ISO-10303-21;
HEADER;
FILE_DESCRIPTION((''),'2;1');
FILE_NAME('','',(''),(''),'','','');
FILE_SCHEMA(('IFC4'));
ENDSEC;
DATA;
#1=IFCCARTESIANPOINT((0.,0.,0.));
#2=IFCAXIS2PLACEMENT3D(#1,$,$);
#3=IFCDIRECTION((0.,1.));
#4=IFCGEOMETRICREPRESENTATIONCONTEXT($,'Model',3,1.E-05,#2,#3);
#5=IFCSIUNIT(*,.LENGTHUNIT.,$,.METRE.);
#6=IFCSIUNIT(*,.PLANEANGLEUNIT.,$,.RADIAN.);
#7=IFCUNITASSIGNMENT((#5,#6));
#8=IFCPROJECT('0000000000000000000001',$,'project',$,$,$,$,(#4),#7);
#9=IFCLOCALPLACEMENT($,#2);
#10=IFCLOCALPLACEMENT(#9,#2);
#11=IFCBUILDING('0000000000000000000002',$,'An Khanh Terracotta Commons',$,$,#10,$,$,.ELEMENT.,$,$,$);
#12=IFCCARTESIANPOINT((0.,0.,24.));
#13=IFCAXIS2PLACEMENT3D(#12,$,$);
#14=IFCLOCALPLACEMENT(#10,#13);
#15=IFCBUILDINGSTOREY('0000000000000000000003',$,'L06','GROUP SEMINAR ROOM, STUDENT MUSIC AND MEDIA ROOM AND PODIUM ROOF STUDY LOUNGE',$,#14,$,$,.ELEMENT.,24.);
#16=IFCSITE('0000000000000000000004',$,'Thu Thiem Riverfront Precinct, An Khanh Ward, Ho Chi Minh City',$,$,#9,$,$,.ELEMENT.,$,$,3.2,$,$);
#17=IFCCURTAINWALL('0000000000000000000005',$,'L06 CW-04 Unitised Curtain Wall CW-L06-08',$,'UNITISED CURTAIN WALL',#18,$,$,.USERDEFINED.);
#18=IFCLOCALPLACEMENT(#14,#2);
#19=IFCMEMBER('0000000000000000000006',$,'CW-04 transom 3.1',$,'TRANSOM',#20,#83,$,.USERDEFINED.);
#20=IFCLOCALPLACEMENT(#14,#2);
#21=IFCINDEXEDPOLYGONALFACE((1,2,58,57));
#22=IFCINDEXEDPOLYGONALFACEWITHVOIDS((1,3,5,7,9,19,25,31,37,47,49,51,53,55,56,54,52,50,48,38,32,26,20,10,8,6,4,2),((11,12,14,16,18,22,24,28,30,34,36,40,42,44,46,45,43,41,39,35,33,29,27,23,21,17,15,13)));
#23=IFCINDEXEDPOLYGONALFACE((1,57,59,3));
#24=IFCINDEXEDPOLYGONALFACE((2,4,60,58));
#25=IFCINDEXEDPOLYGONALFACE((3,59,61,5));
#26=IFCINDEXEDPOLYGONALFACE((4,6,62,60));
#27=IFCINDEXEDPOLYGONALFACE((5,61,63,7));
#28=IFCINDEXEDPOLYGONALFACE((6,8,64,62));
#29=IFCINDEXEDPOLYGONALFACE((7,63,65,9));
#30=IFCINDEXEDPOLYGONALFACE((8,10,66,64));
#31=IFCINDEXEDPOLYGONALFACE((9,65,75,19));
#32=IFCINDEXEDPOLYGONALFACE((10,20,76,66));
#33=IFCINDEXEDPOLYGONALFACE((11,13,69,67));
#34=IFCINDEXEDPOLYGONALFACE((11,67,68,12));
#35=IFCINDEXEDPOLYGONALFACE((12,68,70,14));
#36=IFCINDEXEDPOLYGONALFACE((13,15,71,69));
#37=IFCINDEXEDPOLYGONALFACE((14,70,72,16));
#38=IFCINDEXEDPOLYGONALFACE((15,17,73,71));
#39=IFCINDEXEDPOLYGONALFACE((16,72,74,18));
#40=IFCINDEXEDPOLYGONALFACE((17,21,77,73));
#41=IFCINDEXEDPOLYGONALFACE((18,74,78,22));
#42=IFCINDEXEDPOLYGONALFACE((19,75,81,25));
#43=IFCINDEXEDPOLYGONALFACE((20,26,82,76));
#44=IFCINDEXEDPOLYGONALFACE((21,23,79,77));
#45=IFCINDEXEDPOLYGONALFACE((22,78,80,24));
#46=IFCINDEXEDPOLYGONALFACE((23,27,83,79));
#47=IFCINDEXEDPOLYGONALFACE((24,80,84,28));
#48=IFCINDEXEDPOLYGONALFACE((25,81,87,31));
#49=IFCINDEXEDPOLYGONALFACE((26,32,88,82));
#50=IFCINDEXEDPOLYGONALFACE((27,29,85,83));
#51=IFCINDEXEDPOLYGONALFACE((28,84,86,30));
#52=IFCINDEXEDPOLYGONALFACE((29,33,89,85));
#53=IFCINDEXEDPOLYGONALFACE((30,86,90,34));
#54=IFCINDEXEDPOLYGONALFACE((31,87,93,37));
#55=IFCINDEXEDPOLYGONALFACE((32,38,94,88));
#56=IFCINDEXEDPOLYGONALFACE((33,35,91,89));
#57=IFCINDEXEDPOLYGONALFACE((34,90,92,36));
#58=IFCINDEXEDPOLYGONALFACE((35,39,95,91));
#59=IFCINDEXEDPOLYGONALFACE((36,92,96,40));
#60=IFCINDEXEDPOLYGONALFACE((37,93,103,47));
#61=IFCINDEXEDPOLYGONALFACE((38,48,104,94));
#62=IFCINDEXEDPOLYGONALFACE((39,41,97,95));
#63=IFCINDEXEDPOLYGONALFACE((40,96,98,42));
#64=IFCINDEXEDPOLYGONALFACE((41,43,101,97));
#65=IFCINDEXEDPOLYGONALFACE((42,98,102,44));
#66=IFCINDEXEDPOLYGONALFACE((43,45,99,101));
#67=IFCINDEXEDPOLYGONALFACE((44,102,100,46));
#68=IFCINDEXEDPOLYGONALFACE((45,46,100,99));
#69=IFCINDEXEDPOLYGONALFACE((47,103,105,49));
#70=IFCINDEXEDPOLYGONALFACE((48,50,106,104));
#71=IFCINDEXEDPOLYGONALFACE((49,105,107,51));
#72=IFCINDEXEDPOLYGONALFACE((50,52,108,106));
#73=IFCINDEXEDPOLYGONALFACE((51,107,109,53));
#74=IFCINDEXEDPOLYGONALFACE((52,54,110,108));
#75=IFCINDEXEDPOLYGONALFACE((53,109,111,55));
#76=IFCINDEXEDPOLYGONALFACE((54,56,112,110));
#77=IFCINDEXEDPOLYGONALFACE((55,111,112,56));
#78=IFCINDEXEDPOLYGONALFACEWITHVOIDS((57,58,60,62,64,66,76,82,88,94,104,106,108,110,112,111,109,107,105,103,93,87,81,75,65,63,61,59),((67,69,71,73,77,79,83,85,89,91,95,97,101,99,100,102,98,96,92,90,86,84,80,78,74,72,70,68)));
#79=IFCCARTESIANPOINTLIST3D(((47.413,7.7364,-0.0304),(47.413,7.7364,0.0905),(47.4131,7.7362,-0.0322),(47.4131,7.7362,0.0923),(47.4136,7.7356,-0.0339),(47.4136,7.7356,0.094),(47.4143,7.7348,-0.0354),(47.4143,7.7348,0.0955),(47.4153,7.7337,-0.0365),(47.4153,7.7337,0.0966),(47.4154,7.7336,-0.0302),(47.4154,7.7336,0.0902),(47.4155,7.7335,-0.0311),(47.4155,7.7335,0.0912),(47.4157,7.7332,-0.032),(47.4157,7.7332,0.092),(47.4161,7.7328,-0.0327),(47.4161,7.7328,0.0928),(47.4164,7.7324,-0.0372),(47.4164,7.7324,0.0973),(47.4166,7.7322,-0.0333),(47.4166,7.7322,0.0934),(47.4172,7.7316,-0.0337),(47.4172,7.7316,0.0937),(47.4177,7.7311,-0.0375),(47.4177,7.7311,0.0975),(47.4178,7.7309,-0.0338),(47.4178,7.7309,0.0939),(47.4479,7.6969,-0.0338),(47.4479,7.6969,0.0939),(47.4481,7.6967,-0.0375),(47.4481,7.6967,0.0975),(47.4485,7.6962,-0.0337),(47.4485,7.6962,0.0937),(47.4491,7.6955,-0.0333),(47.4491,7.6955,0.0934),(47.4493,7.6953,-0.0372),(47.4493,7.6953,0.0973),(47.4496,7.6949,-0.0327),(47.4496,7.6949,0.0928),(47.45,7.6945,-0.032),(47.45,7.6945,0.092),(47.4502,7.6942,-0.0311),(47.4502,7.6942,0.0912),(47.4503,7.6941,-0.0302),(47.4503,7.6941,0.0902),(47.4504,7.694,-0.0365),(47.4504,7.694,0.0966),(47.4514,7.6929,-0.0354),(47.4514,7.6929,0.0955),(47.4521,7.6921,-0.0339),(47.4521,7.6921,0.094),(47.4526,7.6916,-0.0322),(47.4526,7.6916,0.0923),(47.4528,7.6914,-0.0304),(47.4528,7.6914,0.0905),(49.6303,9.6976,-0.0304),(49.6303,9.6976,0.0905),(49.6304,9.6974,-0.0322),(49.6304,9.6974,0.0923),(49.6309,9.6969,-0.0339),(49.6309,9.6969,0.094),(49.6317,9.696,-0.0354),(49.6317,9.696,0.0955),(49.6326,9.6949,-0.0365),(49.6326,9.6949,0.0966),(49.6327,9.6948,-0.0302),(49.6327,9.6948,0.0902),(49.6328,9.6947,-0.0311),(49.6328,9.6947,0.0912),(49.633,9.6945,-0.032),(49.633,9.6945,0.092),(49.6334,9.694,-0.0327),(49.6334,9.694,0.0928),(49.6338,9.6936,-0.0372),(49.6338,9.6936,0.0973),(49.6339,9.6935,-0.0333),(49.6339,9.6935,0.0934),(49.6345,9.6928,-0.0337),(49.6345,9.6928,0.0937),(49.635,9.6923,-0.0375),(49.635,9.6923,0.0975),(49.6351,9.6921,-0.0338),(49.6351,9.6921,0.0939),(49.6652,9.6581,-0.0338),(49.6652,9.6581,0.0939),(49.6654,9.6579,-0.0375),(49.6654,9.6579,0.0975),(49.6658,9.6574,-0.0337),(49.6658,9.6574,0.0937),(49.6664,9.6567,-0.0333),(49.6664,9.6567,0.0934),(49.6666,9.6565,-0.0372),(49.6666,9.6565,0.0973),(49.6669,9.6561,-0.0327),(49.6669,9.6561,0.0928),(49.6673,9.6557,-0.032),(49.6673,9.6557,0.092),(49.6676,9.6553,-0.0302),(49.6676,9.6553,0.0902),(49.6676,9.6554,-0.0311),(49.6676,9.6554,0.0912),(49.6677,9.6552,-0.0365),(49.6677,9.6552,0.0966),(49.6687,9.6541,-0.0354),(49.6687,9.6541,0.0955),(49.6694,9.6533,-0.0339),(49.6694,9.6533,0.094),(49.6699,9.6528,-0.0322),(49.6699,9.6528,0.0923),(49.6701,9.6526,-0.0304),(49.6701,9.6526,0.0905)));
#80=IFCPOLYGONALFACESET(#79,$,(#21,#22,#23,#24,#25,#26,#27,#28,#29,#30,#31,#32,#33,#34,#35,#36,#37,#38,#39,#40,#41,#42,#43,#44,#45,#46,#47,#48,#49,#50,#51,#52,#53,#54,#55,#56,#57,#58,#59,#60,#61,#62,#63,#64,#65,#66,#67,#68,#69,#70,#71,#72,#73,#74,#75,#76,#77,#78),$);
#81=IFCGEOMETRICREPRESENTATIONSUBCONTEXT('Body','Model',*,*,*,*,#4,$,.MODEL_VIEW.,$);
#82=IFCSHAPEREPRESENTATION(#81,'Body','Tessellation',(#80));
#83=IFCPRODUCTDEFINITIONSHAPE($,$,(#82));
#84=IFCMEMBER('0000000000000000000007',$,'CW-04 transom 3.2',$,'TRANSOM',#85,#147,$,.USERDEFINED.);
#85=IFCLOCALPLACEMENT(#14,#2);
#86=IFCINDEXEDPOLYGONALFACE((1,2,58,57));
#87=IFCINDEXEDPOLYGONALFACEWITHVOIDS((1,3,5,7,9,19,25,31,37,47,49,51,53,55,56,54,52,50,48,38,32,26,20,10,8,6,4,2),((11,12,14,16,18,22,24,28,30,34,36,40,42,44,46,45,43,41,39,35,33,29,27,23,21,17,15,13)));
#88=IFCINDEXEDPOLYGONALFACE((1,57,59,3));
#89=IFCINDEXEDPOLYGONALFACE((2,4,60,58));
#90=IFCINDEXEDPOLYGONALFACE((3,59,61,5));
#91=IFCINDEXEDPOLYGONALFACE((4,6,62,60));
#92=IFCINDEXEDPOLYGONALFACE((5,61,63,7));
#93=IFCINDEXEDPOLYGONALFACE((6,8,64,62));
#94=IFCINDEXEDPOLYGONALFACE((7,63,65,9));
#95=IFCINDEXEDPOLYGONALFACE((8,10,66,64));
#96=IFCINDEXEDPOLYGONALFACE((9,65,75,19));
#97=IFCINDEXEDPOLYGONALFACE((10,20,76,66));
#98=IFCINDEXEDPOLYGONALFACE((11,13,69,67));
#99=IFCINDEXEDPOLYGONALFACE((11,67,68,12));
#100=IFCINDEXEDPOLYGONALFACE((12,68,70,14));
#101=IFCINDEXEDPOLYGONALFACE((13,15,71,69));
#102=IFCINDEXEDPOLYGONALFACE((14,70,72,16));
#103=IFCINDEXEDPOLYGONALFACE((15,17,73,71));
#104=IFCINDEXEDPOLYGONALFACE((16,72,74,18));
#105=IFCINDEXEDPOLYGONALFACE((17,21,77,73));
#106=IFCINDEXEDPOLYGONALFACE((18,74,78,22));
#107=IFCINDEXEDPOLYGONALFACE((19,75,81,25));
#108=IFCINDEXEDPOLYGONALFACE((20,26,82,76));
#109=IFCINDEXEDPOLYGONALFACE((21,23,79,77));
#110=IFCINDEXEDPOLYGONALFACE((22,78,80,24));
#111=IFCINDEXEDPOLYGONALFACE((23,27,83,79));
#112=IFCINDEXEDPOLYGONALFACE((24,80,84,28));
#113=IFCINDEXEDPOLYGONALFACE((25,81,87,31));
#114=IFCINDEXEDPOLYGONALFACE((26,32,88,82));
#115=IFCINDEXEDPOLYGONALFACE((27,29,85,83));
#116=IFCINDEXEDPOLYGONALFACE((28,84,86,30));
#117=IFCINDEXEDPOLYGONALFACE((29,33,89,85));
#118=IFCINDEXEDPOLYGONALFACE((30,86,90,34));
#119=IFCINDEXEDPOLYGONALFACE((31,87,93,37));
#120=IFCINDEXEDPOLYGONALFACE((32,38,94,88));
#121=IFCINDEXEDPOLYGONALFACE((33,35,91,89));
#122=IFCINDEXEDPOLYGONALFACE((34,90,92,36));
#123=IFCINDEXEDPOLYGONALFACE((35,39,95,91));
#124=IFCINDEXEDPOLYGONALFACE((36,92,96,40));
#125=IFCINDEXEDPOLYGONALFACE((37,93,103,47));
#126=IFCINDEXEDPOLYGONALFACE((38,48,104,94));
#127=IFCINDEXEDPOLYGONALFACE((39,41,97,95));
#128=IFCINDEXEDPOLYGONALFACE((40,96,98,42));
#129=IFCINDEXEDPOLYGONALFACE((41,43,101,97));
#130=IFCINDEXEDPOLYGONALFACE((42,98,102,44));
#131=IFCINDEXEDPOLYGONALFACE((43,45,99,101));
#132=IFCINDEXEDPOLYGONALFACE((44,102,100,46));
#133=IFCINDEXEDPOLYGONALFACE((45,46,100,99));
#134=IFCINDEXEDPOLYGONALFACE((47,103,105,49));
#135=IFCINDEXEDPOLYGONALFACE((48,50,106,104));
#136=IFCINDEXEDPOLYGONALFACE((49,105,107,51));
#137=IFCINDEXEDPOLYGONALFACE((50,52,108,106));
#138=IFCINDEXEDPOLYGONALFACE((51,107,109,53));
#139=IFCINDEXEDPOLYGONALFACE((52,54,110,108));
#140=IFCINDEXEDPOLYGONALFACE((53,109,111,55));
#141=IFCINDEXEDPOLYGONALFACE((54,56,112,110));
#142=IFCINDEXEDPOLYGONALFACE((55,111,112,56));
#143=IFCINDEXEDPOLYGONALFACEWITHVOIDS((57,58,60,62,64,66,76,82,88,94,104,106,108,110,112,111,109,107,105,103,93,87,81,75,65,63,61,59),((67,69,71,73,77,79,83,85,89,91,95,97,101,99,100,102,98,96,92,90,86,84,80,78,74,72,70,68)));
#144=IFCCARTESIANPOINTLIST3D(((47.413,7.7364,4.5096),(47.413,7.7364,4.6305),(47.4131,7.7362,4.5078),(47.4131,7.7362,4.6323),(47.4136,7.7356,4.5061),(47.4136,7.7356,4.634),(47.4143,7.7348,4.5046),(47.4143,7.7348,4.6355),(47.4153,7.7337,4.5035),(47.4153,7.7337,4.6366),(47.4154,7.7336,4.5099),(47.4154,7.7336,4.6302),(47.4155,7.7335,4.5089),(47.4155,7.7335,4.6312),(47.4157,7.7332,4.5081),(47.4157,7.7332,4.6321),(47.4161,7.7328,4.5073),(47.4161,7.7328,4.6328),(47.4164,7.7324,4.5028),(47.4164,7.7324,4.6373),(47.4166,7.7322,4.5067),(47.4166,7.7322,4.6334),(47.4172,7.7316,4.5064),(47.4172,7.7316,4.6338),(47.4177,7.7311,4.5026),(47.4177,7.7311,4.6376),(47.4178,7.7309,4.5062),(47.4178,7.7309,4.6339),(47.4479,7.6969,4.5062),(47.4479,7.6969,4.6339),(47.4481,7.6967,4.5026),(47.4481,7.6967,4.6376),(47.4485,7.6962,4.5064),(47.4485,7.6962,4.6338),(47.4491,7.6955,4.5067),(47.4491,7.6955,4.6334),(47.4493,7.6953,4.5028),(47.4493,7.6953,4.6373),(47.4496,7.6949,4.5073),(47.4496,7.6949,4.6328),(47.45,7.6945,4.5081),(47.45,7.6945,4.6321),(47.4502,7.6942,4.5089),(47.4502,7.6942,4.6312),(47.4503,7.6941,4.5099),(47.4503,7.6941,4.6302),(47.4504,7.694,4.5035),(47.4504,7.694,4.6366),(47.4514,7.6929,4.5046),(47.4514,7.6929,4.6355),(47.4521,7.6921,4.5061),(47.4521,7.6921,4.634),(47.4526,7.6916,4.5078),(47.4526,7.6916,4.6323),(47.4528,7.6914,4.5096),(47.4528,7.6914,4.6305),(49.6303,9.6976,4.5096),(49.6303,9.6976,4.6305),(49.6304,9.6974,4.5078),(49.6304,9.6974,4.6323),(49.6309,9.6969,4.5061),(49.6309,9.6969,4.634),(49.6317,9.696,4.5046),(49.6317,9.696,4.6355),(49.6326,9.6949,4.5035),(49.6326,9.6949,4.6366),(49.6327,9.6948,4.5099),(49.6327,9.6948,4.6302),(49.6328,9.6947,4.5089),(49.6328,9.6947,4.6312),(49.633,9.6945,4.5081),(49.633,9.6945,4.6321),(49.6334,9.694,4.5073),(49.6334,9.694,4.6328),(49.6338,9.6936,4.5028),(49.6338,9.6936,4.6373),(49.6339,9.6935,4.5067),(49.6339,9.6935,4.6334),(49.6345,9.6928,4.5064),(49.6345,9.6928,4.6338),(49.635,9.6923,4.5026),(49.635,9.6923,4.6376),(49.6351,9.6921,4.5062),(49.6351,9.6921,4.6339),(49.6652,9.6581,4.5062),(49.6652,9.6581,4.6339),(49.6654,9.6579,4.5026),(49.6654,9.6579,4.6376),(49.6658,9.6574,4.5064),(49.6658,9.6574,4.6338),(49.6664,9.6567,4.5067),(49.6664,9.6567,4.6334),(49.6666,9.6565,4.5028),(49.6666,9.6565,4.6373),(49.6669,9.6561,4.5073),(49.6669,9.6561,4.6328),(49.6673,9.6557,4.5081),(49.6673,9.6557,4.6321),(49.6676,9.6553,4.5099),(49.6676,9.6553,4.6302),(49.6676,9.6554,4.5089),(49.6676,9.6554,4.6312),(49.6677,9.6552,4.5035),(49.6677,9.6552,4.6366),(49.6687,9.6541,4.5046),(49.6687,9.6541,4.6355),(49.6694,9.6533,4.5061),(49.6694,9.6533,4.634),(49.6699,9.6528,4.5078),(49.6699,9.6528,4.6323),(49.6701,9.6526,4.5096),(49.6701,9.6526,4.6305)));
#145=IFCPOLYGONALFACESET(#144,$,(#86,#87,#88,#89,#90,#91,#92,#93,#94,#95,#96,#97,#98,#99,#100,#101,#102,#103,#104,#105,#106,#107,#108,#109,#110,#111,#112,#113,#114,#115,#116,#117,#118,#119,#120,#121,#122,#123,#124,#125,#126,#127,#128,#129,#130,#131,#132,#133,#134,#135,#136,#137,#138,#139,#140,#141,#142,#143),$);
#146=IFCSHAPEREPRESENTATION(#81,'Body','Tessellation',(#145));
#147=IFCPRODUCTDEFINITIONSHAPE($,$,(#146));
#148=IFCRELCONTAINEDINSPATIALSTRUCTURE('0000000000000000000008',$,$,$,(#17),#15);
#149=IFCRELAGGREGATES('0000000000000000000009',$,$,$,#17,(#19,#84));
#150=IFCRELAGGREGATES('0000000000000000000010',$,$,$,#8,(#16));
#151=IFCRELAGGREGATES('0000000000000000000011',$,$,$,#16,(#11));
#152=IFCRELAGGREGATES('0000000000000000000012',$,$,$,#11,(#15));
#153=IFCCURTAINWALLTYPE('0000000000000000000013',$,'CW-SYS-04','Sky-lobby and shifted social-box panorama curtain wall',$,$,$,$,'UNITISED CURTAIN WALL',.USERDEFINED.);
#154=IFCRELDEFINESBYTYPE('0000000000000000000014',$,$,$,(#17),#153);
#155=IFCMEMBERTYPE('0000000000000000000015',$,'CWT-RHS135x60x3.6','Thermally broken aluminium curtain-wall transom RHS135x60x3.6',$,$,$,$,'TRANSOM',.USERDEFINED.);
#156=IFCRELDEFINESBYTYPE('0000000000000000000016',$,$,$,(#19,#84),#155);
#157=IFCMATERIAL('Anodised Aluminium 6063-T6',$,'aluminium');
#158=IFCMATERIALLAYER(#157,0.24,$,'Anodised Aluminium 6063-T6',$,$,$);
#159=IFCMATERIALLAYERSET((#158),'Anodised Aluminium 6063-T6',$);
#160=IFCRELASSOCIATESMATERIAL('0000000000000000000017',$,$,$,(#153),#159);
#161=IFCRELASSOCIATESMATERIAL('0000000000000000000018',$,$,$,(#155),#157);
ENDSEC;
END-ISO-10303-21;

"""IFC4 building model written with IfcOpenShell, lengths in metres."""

from ifc_helpers import new_model, si_unit, direction, frame, origin, origin_2d, place, context, subcontext, project, spatial, hollow_rectangle, extrude, material, layer, layer_set, material_profile, profile_set, type_object, element, aggregate, save


model = new_model("IFC4")

# Units and contexts
model_context = context("Model", 3, precision=1e-05, world=origin(), true_north=direction((0.0, 1.0)))
body_context = subcontext(model_context, "Body", "Model", "MODEL_VIEW")
ifc_project = project(units=[si_unit("LENGTHUNIT", "METRE"), si_unit("PLANEANGLEUNIT", "RADIAN")], contexts=[model_context])

# Site, building, storey
site_placement = place(None, origin())
site = spatial("IfcSite", under=ifc_project, at=site_placement, Name="Thu Thiem Riverfront Precinct, An Khanh Ward, Ho Chi Minh City", CompositionType="ELEMENT", RefElevation=3.2)
building_placement = place(site_placement, origin())
building = spatial("IfcBuilding", under=site, at=building_placement, Name="An Khanh Terracotta Commons", CompositionType="ELEMENT")
storey_placement = place(building_placement, frame((0.0, 0.0, 24.0)))
storey = spatial("IfcBuildingStorey", under=building, at=storey_placement, Name="L06", Description="GROUP SEMINAR ROOM, STUDENT MUSIC AND MEDIA ROOM AND PODIUM ROOF STUDY LOUNGE", CompositionType="ELEMENT", Elevation=24.0)

# Curtain wall
ifc_material_1 = material(Name="Anodised Aluminium 6063-T6", Category="aluminium")
ifc_layer_1 = layer(ifc_material_1, 0.24, Name="Anodised Aluminium 6063-T6")
ifc_layer_set_1 = layer_set([ifc_layer_1], Name="Anodised Aluminium 6063-T6")
curtain_wall_type = type_object("IfcCurtainWallType", Name="CW-SYS-04", Description="Sky-lobby and shifted social-box panorama curtain wall", ElementType="UNITISED CURTAIN WALL", PredefinedType="USERDEFINED", material=ifc_layer_set_1)
curtain_wall_1_placement = place(storey_placement, origin())
curtain_wall_1 = element("IfcCurtainWall", 1, at=curtain_wall_1_placement, inside=storey, type_object=curtain_wall_type, Name="L06 CW-04 Unitised Curtain Wall CW-L06-08", ObjectType="UNITISED CURTAIN WALL", PredefinedType="USERDEFINED")

# Members
ifc_material_profile_1 = material_profile(ifc_material_1, hollow_rectangle(XDim=0.0601, YDim=0.135, WallThickness=0.0037, InnerFilletRadius=0.0037, OuterFilletRadius=0.0071, at=origin_2d()), Name="RHS135x60x3.6")
ifc_profile_set_1 = profile_set([ifc_material_profile_1], Name="Anodised Aluminium 6063-T6")
member_type_1 = type_object("IfcMemberType", Name="CWT-RHS135x60x3.6", Description="Thermally broken aluminium curtain-wall transom RHS135x60x3.6", ElementType="TRANSOM", PredefinedType="USERDEFINED", material=ifc_profile_set_1)
member_1_placement = place(storey_placement, frame((47.4329, 7.7139, 0.03), z_axis=(0.749041, 0.662524, 0.0), x_axis=(-0.662524, 0.749041, 0.0)))
member_1 = element("IfcMember", 2, at=member_1_placement, type_object=member_type_1, Name="CW-04 transom 3.1", ObjectType="TRANSOM", PredefinedType="USERDEFINED", context=body_context, shape_type="SweptSolid", body=[
    extrude(hollow_rectangle(XDim=0.0601, YDim=0.135, WallThickness=0.0037, InnerFilletRadius=0.0037, OuterFilletRadius=0.0071, at=origin_2d()), origin(), (0.0, 0.0, 1.0), 2.9602),
])
member_2_placement = place(storey_placement, frame((47.4329, 7.7139, 4.5701), z_axis=(0.749041, 0.662524, 0.0), x_axis=(-0.662524, 0.749041, 0.0)))
member_2 = element("IfcMember", 3, at=member_2_placement, type_object=member_type_1, Name="CW-04 transom 3.2", ObjectType="TRANSOM", PredefinedType="USERDEFINED", context=body_context, shape_type="SweptSolid", body=[
    extrude(hollow_rectangle(XDim=0.0601, YDim=0.135, WallThickness=0.0037, InnerFilletRadius=0.0037, OuterFilletRadius=0.0071, at=origin_2d()), origin(), (0.0, 0.0, 1.0), 2.9602),
])

aggregate(curtain_wall_1, [member_1, member_2])

save(model, "model.ifc")
